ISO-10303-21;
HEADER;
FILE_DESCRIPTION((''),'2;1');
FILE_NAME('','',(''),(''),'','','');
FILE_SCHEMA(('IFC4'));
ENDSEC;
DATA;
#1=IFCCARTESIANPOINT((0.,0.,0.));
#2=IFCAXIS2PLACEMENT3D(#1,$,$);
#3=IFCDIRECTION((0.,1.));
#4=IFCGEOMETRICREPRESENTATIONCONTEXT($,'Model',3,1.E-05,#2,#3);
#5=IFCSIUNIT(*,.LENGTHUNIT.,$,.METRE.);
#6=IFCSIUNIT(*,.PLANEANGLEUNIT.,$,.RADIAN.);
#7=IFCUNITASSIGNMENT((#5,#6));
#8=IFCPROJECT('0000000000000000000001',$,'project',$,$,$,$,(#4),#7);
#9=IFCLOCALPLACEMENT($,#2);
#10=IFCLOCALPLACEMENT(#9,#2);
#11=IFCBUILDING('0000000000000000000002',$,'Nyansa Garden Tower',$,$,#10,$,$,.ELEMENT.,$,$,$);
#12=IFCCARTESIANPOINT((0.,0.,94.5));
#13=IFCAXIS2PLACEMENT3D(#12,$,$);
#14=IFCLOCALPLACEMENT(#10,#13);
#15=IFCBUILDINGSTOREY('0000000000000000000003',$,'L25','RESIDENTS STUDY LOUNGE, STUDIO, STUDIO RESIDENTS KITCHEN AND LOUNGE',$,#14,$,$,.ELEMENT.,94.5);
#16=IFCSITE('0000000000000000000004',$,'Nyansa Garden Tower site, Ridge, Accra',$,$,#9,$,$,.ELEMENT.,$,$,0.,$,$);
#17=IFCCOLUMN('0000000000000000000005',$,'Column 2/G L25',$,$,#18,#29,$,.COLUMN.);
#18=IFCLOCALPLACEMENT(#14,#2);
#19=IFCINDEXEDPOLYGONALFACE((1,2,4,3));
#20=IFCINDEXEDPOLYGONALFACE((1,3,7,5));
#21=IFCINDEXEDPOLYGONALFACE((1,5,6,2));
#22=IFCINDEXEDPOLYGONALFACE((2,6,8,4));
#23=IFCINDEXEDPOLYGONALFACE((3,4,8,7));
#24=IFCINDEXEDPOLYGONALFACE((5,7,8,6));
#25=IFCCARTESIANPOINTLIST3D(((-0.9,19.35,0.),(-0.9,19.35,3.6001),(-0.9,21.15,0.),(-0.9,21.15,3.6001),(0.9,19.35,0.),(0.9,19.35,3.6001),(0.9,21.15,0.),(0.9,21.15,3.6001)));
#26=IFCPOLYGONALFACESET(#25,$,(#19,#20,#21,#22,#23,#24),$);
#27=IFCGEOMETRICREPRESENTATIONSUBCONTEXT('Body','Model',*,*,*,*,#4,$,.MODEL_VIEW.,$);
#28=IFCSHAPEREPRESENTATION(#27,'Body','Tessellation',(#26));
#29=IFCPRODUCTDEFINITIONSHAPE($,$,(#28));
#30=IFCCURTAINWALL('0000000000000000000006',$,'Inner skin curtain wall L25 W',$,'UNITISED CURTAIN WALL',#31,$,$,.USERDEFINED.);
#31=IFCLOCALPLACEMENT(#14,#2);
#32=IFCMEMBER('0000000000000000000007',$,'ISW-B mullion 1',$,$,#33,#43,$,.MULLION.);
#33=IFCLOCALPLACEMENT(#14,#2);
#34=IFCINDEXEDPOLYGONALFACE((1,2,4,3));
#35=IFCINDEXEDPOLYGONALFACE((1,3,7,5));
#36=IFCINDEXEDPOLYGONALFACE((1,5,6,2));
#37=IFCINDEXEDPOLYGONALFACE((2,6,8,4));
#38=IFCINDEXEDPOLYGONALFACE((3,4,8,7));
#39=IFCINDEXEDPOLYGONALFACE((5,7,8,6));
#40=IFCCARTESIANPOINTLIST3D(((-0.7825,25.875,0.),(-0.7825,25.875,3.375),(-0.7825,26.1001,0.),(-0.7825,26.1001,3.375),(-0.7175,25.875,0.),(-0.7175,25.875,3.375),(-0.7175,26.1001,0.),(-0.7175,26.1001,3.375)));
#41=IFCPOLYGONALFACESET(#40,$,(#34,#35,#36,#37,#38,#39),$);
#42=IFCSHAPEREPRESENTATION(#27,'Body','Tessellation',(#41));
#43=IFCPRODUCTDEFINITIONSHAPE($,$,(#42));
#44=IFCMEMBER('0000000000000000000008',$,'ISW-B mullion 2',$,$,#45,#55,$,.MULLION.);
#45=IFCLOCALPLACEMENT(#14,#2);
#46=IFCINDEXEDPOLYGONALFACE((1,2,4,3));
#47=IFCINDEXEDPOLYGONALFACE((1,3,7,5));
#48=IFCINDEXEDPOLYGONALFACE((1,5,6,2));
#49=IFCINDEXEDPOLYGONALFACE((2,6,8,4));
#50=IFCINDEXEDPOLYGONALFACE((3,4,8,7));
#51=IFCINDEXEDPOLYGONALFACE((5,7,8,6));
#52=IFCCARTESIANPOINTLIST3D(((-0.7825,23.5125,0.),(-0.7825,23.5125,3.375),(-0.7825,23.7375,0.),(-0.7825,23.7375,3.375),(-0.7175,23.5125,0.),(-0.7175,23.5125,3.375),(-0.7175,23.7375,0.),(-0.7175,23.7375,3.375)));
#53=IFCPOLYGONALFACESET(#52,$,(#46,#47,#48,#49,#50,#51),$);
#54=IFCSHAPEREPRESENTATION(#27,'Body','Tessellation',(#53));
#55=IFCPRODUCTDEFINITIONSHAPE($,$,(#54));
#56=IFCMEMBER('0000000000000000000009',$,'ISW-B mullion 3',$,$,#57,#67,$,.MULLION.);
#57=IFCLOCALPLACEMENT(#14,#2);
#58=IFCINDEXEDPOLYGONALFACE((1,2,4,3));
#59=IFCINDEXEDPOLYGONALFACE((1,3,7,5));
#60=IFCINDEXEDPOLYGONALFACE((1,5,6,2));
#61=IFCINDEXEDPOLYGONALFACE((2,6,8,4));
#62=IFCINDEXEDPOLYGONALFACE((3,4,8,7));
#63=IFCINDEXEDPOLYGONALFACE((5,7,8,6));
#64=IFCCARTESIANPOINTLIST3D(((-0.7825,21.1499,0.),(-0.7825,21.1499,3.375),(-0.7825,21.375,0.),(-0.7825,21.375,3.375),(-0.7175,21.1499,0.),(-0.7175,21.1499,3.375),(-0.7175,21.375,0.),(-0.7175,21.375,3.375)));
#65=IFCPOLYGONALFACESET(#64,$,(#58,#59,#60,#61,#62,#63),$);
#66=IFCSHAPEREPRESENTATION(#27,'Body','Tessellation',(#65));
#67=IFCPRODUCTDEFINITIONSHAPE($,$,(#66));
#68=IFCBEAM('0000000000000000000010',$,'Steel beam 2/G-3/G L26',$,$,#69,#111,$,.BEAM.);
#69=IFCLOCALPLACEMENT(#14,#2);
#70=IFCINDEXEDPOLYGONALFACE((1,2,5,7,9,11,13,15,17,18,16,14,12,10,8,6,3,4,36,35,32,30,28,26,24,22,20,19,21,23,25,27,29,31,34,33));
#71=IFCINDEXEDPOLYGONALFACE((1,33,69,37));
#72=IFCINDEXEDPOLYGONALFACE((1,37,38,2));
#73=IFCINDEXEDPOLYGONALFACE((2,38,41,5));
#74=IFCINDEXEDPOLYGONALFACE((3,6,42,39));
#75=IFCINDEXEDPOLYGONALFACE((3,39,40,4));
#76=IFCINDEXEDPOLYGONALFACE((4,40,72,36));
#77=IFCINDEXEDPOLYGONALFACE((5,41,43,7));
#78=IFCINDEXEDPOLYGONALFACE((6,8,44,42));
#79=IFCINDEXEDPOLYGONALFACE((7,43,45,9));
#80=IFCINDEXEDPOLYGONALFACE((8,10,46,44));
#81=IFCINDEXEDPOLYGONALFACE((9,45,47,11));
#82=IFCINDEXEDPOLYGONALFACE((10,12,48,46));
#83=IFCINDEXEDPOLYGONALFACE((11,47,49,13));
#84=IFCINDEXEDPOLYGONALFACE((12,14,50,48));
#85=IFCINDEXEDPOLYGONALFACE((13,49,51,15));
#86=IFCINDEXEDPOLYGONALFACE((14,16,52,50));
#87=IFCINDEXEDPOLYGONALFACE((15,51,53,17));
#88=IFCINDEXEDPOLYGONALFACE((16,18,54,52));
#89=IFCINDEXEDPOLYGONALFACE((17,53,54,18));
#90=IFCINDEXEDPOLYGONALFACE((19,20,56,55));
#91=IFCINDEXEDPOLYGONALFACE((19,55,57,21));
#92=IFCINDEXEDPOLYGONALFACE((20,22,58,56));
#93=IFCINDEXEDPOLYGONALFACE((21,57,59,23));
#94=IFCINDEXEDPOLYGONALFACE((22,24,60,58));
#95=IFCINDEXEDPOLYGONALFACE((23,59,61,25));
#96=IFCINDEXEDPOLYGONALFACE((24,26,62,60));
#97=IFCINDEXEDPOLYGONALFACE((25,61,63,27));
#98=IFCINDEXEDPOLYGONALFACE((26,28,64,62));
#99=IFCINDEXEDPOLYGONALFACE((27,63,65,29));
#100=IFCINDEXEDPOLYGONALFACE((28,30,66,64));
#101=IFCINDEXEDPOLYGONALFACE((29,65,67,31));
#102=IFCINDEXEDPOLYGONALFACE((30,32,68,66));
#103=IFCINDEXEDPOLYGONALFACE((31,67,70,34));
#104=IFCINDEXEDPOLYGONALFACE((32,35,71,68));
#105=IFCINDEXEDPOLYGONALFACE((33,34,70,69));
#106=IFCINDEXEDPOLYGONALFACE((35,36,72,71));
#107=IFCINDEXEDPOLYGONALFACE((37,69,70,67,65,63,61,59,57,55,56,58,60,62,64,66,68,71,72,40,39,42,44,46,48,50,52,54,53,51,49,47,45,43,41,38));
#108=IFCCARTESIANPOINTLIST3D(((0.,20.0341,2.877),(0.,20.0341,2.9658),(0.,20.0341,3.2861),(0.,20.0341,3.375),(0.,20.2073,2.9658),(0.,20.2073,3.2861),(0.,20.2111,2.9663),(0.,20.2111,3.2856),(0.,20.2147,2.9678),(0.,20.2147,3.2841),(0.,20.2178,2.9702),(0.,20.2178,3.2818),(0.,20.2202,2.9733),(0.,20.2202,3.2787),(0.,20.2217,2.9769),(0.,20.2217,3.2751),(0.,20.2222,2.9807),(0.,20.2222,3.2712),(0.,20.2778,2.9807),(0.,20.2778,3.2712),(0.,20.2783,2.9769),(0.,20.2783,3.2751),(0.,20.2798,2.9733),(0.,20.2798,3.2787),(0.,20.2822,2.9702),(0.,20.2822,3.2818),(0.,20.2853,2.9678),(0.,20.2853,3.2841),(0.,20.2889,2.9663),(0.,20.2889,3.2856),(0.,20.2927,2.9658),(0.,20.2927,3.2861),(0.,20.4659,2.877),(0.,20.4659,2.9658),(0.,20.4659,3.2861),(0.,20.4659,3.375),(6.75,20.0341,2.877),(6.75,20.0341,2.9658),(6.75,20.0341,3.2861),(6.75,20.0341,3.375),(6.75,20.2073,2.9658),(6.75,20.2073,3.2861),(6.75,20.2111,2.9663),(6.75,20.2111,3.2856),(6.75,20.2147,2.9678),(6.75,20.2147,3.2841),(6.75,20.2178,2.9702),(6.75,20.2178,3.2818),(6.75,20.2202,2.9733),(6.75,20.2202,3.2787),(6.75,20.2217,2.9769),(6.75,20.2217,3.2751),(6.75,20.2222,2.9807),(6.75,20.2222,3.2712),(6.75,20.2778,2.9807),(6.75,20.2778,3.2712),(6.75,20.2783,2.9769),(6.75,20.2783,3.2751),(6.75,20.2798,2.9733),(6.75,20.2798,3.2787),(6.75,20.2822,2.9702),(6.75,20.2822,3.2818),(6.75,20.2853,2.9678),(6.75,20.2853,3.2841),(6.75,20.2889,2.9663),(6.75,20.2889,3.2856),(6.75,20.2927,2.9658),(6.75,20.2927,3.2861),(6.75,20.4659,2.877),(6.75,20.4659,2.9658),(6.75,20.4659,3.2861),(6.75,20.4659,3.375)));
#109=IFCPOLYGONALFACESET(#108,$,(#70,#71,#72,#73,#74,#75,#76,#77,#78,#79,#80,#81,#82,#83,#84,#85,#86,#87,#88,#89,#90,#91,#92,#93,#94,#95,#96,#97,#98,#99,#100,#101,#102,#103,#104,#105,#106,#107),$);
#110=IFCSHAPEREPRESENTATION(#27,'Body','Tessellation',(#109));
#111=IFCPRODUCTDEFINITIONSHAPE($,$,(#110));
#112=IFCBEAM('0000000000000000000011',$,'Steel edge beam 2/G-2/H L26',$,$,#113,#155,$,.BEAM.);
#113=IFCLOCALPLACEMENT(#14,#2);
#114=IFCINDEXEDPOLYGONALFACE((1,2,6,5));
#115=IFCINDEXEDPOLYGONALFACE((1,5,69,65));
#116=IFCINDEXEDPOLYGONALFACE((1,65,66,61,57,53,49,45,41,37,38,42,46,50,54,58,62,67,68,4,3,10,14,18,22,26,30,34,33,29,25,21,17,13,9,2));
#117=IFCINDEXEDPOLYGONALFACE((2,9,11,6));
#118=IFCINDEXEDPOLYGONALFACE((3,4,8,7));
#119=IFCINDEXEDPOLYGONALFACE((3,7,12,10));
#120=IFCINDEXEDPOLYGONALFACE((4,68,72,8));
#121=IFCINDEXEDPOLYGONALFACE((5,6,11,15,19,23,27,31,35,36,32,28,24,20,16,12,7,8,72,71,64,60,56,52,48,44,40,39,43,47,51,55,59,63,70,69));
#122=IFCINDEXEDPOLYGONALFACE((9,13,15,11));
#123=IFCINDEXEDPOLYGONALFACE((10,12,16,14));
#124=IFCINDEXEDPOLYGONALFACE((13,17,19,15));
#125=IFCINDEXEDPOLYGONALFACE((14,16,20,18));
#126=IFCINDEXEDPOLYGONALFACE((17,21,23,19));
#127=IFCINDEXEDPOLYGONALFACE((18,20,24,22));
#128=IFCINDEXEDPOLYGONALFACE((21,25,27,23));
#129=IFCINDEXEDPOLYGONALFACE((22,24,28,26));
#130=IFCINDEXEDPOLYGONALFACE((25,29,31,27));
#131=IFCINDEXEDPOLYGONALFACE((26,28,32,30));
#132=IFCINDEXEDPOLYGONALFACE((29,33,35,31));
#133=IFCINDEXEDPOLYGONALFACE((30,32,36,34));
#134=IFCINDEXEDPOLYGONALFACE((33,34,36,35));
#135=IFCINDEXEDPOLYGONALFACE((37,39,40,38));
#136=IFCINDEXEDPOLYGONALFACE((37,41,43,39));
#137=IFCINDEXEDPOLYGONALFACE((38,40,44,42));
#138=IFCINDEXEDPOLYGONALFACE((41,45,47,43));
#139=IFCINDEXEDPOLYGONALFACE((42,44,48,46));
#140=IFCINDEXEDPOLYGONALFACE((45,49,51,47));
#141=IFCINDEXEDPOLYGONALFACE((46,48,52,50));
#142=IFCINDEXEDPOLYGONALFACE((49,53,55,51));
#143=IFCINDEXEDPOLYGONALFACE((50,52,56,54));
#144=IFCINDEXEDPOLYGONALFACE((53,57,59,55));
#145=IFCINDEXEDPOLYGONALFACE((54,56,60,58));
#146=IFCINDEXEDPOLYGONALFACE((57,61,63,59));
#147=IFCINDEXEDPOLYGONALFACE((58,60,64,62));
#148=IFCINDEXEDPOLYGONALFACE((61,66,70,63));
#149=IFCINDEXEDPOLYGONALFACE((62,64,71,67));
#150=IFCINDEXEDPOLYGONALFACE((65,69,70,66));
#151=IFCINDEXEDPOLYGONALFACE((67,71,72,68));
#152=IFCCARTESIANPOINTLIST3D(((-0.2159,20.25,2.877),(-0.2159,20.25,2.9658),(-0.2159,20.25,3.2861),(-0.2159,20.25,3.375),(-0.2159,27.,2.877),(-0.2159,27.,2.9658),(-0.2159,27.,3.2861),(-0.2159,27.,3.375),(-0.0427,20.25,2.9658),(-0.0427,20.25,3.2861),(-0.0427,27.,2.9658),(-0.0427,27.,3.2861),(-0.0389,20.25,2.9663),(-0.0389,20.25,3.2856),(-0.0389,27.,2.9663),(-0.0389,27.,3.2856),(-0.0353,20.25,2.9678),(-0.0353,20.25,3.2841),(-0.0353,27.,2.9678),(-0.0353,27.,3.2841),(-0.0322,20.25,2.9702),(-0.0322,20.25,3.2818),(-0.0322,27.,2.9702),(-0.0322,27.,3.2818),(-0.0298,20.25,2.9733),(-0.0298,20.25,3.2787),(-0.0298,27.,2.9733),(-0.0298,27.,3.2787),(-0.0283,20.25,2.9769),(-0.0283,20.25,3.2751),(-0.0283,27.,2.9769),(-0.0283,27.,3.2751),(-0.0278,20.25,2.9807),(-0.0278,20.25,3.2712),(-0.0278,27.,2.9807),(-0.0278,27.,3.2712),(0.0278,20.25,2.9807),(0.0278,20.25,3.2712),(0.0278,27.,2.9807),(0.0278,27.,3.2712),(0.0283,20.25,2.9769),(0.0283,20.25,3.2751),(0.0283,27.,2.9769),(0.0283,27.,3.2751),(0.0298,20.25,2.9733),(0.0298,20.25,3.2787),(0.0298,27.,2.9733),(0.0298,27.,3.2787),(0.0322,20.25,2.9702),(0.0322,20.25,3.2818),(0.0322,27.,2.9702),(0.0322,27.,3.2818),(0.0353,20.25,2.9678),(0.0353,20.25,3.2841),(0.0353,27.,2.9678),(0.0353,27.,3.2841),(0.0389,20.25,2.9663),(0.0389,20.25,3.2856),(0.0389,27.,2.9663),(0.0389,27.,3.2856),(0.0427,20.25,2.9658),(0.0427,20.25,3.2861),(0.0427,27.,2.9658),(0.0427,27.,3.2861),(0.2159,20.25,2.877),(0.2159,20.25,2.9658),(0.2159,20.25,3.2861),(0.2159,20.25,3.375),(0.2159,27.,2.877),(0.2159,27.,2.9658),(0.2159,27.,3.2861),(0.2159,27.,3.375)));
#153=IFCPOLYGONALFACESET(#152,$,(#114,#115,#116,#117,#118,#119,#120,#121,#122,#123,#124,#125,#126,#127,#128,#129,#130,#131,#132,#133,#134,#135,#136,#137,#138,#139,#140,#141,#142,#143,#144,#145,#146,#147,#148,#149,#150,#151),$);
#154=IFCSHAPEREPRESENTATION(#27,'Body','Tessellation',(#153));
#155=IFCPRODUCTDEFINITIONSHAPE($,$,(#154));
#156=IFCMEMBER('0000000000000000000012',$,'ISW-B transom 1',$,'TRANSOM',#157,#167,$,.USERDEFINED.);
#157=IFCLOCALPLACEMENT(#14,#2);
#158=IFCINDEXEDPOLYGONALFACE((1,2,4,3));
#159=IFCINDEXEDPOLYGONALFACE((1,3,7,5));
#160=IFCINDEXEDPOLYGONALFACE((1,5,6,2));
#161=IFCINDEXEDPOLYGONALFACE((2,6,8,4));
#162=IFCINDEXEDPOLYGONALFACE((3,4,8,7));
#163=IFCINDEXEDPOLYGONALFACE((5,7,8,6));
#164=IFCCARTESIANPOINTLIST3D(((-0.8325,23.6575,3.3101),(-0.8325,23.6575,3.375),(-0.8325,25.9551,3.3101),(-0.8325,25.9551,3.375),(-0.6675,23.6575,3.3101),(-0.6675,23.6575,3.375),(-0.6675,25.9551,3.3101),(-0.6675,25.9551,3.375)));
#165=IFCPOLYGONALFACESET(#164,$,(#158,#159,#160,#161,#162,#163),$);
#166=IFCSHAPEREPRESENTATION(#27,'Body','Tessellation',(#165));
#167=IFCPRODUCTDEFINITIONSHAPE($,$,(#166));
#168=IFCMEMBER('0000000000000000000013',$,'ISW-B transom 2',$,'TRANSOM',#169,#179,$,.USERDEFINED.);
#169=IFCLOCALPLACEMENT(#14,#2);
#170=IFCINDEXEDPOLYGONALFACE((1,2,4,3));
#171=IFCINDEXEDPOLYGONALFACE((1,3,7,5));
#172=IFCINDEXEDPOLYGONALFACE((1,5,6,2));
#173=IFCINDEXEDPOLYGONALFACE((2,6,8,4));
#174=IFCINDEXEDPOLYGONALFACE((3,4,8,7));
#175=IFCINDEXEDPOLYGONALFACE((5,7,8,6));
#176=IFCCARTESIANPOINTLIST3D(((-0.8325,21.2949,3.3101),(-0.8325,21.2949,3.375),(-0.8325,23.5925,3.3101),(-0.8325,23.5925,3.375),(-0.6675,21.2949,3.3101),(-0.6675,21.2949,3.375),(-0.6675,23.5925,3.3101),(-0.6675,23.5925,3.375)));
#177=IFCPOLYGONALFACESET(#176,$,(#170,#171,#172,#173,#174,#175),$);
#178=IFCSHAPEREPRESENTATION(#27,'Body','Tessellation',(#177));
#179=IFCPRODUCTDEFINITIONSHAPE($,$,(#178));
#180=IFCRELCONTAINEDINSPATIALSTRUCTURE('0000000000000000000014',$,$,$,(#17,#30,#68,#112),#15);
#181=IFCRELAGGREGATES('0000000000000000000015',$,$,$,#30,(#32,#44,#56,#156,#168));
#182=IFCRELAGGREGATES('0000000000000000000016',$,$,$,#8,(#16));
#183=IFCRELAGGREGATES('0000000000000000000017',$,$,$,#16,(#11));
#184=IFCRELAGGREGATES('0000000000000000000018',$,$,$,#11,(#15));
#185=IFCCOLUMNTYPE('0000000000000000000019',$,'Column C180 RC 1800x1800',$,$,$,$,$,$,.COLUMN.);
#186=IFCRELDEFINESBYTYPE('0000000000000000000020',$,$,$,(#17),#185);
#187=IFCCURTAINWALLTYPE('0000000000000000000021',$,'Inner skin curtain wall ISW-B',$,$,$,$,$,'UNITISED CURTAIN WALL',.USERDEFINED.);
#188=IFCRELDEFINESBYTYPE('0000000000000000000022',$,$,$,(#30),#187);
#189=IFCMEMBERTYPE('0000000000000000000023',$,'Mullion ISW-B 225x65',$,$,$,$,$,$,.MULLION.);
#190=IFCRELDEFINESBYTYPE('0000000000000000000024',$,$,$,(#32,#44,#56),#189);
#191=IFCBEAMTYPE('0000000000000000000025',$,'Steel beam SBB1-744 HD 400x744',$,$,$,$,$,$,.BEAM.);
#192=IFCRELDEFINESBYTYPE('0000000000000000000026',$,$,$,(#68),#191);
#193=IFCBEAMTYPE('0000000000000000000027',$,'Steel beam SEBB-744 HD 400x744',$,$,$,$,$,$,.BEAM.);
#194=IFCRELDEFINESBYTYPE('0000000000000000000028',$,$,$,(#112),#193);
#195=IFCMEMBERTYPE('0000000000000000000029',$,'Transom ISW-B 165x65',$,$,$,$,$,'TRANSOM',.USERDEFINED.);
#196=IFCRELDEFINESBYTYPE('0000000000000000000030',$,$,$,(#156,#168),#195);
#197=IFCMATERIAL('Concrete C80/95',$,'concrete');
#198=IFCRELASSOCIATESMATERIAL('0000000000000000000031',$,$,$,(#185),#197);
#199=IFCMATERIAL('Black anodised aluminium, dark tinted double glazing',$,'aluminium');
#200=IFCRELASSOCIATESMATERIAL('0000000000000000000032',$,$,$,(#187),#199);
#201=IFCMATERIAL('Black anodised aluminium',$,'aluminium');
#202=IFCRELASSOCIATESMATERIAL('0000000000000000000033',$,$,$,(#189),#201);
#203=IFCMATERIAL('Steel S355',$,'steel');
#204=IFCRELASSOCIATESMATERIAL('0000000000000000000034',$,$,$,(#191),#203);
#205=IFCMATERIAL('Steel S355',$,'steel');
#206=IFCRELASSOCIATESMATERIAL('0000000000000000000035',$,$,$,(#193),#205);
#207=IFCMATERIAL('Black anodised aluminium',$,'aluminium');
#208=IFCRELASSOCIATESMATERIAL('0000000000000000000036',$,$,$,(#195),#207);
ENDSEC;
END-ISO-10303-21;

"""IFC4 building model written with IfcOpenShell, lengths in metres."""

from ifc_helpers import new_model, si_unit, direction, frame, origin, origin_2d, place, context, subcontext, project, spatial, rectangle, i_section, extrude, material, material_profile, profile_set, type_object, element, aggregate, save


model = new_model("IFC4")

# Units and contexts
model_context = context("Model", 3, precision=1e-05, world=origin(), true_north=direction((0.0, 1.0)))
body_context = subcontext(model_context, "Body", "Model", "MODEL_VIEW")
ifc_project = project(units=[si_unit("LENGTHUNIT", "METRE"), si_unit("PLANEANGLEUNIT", "RADIAN")], contexts=[model_context])

# Site, building, storey
site_placement = place(None, origin())
site = spatial("IfcSite", under=ifc_project, at=site_placement, Name="Nyansa Garden Tower site, Ridge, Accra", CompositionType="ELEMENT", RefElevation=0.0)
building_placement = place(site_placement, origin())
building = spatial("IfcBuilding", under=site, at=building_placement, Name="Nyansa Garden Tower", CompositionType="ELEMENT")
storey_placement = place(building_placement, frame((0.0, 0.0, 94.5)))
storey = spatial("IfcBuildingStorey", under=building, at=storey_placement, Name="L25", Description="RESIDENTS STUDY LOUNGE, STUDIO, STUDIO RESIDENTS KITCHEN AND LOUNGE", CompositionType="ELEMENT", Elevation=94.5)

# Column
ifc_material_1 = material(Name="Concrete C80/95", Category="concrete")
ifc_material_profile_1 = material_profile(ifc_material_1, rectangle(XDim=1.8, YDim=1.8, at=origin_2d()), Name="RC 1800x1800")
ifc_profile_set_1 = profile_set([ifc_material_profile_1], Name="Concrete C80/95")
column_type = type_object("IfcColumnType", Name="Column C180 RC 1800x1800", PredefinedType="COLUMN", material=ifc_profile_set_1)
column_placement = place(storey_placement, frame((0.0, 20.25, 0.0), z_axis=(0.0, 0.0, 1.0), x_axis=(1.0, 0.0, 0.0)))
element("IfcColumn", 1, at=column_placement, inside=storey, type_object=column_type, Name="Column 2/G L25", PredefinedType="COLUMN", context=body_context, shape_type="SweptSolid", body=[
    extrude(rectangle(XDim=1.8, YDim=1.8, at=origin_2d()), origin(), (0.0, 0.0, 1.0), 3.6001),
])

# Curtain wall, members
ifc_material_2 = material(Name="Black anodised aluminium, dark tinted double glazing", Category="aluminium")
curtain_wall_type = type_object("IfcCurtainWallType", Name="Inner skin curtain wall ISW-B", ElementType="UNITISED CURTAIN WALL", PredefinedType="USERDEFINED", material=ifc_material_2)
curtain_wall_placement = place(storey_placement, origin())
curtain_wall = element("IfcCurtainWall", 2, at=curtain_wall_placement, inside=storey, type_object=curtain_wall_type, Name="Inner skin curtain wall L25 W", ObjectType="UNITISED CURTAIN WALL", PredefinedType="USERDEFINED")
ifc_material_3 = material(Name="Black anodised aluminium", Category="aluminium")
ifc_material_profile_2 = material_profile(ifc_material_3, rectangle(XDim=0.0649, YDim=0.2251, at=origin_2d()), Name="Mullion 225x65")
ifc_profile_set_2 = profile_set([ifc_material_profile_2], Name="Black anodised aluminium")
member_type_1 = type_object("IfcMemberType", Name="Mullion ISW-B 225x65", PredefinedType="MULLION", material=ifc_profile_set_2)
member_1_placement = place(storey_placement, frame((-0.75, 25.9875, 0.0), z_axis=(0.0, 0.0, 1.0), x_axis=(1.0, 0.0, 0.0)))
member_1 = element("IfcMember", 3, at=member_1_placement, type_object=member_type_1, Name="ISW-B mullion 1", PredefinedType="MULLION", context=body_context, shape_type="SweptSolid", body=[
    extrude(rectangle(XDim=0.0649, YDim=0.2251, at=origin_2d()), origin(), (0.0, 0.0, 1.0), 3.375),
])
member_2_placement = place(storey_placement, frame((-0.75, 23.625, 0.0), z_axis=(0.0, 0.0, 1.0), x_axis=(1.0, 0.0, 0.0)))
member_2 = element("IfcMember", 4, at=member_2_placement, type_object=member_type_1, Name="ISW-B mullion 2", PredefinedType="MULLION", context=body_context, shape_type="SweptSolid", body=[
    extrude(rectangle(XDim=0.0649, YDim=0.2251, at=origin_2d()), origin(), (0.0, 0.0, 1.0), 3.375),
])
member_3_placement = place(storey_placement, frame((-0.75, 21.2625, 0.0), z_axis=(0.0, 0.0, 1.0), x_axis=(1.0, 0.0, 0.0)))
member_3 = element("IfcMember", 5, at=member_3_placement, type_object=member_type_1, Name="ISW-B mullion 3", PredefinedType="MULLION", context=body_context, shape_type="SweptSolid", body=[
    extrude(rectangle(XDim=0.0649, YDim=0.2251, at=origin_2d()), origin(), (0.0, 0.0, 1.0), 3.375),
])

# Beams
ifc_material_4 = material(Name="Steel S355", Category="steel")
ifc_material_profile_3 = material_profile(ifc_material_4, i_section(OverallWidth=0.4319, OverallDepth=0.498, WebThickness=0.0557, FlangeThickness=0.0889, FilletRadius=0.0149, at=origin_2d()), Name="HD 400x744")
ifc_profile_set_3 = profile_set([ifc_material_profile_3], Name="Steel S355")
beam_type_1 = type_object("IfcBeamType", Name="Steel beam SBB1-744 HD 400x744", PredefinedType="BEAM", material=ifc_profile_set_3)
beam_1_placement = place(storey_placement, frame((0.0, 20.25, 3.126), z_axis=(1.0, 0.0, 0.0), x_axis=(0.0, 1.0, 0.0)))
element("IfcBeam", 6, at=beam_1_placement, inside=storey, type_object=beam_type_1, Name="Steel beam 2/G-3/G L26", PredefinedType="BEAM", context=body_context, shape_type="SweptSolid", body=[
    extrude(i_section(OverallWidth=0.4319, OverallDepth=0.498, WebThickness=0.0557, FlangeThickness=0.0889, FilletRadius=0.0149, at=origin_2d()), origin(), (0.0, 0.0, 1.0), 6.75),
])
ifc_material_5 = material(Name="Steel S355", Category="steel")
ifc_material_profile_4 = material_profile(ifc_material_5, i_section(OverallWidth=0.4319, OverallDepth=0.498, WebThickness=0.0557, FlangeThickness=0.0889, FilletRadius=0.0149, at=origin_2d()), Name="HD 400x744")
ifc_profile_set_4 = profile_set([ifc_material_profile_4], Name="Steel S355")
beam_type_2 = type_object("IfcBeamType", Name="Steel beam SEBB-744 HD 400x744", PredefinedType="BEAM", material=ifc_profile_set_4)
beam_2_placement = place(storey_placement, frame((0.0, 20.25, 3.126), z_axis=(0.0, 1.0, 0.0), x_axis=(-1.0, 0.0, 0.0)))
element("IfcBeam", 7, at=beam_2_placement, inside=storey, type_object=beam_type_2, Name="Steel edge beam 2/G-2/H L26", PredefinedType="BEAM", context=body_context, shape_type="SweptSolid", body=[
    extrude(i_section(OverallWidth=0.4319, OverallDepth=0.498, WebThickness=0.0557, FlangeThickness=0.0889, FilletRadius=0.0149, at=origin_2d()), origin(), (0.0, 0.0, 1.0), 6.75),
])

# Members
ifc_material_6 = material(Name="Black anodised aluminium", Category="aluminium")
ifc_material_profile_5 = material_profile(ifc_material_6, rectangle(XDim=0.165, YDim=0.0649, at=origin_2d()), Name="Transom 165x65")
ifc_profile_set_5 = profile_set([ifc_material_profile_5], Name="Black anodised aluminium")
member_type_2 = type_object("IfcMemberType", Name="Transom ISW-B 165x65", ElementType="TRANSOM", PredefinedType="USERDEFINED", material=ifc_profile_set_5)
member_4_placement = place(storey_placement, frame((-0.75, 25.9551, 3.3425), z_axis=(0.0, -1.0, 0.0), x_axis=(1.0, 0.0, 0.0)))
member_4 = element("IfcMember", 8, at=member_4_placement, type_object=member_type_2, Name="ISW-B transom 1", ObjectType="TRANSOM", PredefinedType="USERDEFINED", context=body_context, shape_type="SweptSolid", body=[
    extrude(rectangle(XDim=0.165, YDim=0.0649, at=origin_2d()), origin(), (0.0, 0.0, 1.0), 2.2976),
])
member_5_placement = place(storey_placement, frame((-0.75, 23.5925, 3.3425), z_axis=(0.0, -1.0, 0.0), x_axis=(1.0, 0.0, 0.0)))
member_5 = element("IfcMember", 9, at=member_5_placement, type_object=member_type_2, Name="ISW-B transom 2", ObjectType="TRANSOM", PredefinedType="USERDEFINED", context=body_context, shape_type="SweptSolid", body=[
    extrude(rectangle(XDim=0.165, YDim=0.0649, at=origin_2d()), origin(), (0.0, 0.0, 1.0), 2.2976),
])

aggregate(curtain_wall, [member_1, member_2, member_3, member_4, member_5])

save(model, "model.ifc")
